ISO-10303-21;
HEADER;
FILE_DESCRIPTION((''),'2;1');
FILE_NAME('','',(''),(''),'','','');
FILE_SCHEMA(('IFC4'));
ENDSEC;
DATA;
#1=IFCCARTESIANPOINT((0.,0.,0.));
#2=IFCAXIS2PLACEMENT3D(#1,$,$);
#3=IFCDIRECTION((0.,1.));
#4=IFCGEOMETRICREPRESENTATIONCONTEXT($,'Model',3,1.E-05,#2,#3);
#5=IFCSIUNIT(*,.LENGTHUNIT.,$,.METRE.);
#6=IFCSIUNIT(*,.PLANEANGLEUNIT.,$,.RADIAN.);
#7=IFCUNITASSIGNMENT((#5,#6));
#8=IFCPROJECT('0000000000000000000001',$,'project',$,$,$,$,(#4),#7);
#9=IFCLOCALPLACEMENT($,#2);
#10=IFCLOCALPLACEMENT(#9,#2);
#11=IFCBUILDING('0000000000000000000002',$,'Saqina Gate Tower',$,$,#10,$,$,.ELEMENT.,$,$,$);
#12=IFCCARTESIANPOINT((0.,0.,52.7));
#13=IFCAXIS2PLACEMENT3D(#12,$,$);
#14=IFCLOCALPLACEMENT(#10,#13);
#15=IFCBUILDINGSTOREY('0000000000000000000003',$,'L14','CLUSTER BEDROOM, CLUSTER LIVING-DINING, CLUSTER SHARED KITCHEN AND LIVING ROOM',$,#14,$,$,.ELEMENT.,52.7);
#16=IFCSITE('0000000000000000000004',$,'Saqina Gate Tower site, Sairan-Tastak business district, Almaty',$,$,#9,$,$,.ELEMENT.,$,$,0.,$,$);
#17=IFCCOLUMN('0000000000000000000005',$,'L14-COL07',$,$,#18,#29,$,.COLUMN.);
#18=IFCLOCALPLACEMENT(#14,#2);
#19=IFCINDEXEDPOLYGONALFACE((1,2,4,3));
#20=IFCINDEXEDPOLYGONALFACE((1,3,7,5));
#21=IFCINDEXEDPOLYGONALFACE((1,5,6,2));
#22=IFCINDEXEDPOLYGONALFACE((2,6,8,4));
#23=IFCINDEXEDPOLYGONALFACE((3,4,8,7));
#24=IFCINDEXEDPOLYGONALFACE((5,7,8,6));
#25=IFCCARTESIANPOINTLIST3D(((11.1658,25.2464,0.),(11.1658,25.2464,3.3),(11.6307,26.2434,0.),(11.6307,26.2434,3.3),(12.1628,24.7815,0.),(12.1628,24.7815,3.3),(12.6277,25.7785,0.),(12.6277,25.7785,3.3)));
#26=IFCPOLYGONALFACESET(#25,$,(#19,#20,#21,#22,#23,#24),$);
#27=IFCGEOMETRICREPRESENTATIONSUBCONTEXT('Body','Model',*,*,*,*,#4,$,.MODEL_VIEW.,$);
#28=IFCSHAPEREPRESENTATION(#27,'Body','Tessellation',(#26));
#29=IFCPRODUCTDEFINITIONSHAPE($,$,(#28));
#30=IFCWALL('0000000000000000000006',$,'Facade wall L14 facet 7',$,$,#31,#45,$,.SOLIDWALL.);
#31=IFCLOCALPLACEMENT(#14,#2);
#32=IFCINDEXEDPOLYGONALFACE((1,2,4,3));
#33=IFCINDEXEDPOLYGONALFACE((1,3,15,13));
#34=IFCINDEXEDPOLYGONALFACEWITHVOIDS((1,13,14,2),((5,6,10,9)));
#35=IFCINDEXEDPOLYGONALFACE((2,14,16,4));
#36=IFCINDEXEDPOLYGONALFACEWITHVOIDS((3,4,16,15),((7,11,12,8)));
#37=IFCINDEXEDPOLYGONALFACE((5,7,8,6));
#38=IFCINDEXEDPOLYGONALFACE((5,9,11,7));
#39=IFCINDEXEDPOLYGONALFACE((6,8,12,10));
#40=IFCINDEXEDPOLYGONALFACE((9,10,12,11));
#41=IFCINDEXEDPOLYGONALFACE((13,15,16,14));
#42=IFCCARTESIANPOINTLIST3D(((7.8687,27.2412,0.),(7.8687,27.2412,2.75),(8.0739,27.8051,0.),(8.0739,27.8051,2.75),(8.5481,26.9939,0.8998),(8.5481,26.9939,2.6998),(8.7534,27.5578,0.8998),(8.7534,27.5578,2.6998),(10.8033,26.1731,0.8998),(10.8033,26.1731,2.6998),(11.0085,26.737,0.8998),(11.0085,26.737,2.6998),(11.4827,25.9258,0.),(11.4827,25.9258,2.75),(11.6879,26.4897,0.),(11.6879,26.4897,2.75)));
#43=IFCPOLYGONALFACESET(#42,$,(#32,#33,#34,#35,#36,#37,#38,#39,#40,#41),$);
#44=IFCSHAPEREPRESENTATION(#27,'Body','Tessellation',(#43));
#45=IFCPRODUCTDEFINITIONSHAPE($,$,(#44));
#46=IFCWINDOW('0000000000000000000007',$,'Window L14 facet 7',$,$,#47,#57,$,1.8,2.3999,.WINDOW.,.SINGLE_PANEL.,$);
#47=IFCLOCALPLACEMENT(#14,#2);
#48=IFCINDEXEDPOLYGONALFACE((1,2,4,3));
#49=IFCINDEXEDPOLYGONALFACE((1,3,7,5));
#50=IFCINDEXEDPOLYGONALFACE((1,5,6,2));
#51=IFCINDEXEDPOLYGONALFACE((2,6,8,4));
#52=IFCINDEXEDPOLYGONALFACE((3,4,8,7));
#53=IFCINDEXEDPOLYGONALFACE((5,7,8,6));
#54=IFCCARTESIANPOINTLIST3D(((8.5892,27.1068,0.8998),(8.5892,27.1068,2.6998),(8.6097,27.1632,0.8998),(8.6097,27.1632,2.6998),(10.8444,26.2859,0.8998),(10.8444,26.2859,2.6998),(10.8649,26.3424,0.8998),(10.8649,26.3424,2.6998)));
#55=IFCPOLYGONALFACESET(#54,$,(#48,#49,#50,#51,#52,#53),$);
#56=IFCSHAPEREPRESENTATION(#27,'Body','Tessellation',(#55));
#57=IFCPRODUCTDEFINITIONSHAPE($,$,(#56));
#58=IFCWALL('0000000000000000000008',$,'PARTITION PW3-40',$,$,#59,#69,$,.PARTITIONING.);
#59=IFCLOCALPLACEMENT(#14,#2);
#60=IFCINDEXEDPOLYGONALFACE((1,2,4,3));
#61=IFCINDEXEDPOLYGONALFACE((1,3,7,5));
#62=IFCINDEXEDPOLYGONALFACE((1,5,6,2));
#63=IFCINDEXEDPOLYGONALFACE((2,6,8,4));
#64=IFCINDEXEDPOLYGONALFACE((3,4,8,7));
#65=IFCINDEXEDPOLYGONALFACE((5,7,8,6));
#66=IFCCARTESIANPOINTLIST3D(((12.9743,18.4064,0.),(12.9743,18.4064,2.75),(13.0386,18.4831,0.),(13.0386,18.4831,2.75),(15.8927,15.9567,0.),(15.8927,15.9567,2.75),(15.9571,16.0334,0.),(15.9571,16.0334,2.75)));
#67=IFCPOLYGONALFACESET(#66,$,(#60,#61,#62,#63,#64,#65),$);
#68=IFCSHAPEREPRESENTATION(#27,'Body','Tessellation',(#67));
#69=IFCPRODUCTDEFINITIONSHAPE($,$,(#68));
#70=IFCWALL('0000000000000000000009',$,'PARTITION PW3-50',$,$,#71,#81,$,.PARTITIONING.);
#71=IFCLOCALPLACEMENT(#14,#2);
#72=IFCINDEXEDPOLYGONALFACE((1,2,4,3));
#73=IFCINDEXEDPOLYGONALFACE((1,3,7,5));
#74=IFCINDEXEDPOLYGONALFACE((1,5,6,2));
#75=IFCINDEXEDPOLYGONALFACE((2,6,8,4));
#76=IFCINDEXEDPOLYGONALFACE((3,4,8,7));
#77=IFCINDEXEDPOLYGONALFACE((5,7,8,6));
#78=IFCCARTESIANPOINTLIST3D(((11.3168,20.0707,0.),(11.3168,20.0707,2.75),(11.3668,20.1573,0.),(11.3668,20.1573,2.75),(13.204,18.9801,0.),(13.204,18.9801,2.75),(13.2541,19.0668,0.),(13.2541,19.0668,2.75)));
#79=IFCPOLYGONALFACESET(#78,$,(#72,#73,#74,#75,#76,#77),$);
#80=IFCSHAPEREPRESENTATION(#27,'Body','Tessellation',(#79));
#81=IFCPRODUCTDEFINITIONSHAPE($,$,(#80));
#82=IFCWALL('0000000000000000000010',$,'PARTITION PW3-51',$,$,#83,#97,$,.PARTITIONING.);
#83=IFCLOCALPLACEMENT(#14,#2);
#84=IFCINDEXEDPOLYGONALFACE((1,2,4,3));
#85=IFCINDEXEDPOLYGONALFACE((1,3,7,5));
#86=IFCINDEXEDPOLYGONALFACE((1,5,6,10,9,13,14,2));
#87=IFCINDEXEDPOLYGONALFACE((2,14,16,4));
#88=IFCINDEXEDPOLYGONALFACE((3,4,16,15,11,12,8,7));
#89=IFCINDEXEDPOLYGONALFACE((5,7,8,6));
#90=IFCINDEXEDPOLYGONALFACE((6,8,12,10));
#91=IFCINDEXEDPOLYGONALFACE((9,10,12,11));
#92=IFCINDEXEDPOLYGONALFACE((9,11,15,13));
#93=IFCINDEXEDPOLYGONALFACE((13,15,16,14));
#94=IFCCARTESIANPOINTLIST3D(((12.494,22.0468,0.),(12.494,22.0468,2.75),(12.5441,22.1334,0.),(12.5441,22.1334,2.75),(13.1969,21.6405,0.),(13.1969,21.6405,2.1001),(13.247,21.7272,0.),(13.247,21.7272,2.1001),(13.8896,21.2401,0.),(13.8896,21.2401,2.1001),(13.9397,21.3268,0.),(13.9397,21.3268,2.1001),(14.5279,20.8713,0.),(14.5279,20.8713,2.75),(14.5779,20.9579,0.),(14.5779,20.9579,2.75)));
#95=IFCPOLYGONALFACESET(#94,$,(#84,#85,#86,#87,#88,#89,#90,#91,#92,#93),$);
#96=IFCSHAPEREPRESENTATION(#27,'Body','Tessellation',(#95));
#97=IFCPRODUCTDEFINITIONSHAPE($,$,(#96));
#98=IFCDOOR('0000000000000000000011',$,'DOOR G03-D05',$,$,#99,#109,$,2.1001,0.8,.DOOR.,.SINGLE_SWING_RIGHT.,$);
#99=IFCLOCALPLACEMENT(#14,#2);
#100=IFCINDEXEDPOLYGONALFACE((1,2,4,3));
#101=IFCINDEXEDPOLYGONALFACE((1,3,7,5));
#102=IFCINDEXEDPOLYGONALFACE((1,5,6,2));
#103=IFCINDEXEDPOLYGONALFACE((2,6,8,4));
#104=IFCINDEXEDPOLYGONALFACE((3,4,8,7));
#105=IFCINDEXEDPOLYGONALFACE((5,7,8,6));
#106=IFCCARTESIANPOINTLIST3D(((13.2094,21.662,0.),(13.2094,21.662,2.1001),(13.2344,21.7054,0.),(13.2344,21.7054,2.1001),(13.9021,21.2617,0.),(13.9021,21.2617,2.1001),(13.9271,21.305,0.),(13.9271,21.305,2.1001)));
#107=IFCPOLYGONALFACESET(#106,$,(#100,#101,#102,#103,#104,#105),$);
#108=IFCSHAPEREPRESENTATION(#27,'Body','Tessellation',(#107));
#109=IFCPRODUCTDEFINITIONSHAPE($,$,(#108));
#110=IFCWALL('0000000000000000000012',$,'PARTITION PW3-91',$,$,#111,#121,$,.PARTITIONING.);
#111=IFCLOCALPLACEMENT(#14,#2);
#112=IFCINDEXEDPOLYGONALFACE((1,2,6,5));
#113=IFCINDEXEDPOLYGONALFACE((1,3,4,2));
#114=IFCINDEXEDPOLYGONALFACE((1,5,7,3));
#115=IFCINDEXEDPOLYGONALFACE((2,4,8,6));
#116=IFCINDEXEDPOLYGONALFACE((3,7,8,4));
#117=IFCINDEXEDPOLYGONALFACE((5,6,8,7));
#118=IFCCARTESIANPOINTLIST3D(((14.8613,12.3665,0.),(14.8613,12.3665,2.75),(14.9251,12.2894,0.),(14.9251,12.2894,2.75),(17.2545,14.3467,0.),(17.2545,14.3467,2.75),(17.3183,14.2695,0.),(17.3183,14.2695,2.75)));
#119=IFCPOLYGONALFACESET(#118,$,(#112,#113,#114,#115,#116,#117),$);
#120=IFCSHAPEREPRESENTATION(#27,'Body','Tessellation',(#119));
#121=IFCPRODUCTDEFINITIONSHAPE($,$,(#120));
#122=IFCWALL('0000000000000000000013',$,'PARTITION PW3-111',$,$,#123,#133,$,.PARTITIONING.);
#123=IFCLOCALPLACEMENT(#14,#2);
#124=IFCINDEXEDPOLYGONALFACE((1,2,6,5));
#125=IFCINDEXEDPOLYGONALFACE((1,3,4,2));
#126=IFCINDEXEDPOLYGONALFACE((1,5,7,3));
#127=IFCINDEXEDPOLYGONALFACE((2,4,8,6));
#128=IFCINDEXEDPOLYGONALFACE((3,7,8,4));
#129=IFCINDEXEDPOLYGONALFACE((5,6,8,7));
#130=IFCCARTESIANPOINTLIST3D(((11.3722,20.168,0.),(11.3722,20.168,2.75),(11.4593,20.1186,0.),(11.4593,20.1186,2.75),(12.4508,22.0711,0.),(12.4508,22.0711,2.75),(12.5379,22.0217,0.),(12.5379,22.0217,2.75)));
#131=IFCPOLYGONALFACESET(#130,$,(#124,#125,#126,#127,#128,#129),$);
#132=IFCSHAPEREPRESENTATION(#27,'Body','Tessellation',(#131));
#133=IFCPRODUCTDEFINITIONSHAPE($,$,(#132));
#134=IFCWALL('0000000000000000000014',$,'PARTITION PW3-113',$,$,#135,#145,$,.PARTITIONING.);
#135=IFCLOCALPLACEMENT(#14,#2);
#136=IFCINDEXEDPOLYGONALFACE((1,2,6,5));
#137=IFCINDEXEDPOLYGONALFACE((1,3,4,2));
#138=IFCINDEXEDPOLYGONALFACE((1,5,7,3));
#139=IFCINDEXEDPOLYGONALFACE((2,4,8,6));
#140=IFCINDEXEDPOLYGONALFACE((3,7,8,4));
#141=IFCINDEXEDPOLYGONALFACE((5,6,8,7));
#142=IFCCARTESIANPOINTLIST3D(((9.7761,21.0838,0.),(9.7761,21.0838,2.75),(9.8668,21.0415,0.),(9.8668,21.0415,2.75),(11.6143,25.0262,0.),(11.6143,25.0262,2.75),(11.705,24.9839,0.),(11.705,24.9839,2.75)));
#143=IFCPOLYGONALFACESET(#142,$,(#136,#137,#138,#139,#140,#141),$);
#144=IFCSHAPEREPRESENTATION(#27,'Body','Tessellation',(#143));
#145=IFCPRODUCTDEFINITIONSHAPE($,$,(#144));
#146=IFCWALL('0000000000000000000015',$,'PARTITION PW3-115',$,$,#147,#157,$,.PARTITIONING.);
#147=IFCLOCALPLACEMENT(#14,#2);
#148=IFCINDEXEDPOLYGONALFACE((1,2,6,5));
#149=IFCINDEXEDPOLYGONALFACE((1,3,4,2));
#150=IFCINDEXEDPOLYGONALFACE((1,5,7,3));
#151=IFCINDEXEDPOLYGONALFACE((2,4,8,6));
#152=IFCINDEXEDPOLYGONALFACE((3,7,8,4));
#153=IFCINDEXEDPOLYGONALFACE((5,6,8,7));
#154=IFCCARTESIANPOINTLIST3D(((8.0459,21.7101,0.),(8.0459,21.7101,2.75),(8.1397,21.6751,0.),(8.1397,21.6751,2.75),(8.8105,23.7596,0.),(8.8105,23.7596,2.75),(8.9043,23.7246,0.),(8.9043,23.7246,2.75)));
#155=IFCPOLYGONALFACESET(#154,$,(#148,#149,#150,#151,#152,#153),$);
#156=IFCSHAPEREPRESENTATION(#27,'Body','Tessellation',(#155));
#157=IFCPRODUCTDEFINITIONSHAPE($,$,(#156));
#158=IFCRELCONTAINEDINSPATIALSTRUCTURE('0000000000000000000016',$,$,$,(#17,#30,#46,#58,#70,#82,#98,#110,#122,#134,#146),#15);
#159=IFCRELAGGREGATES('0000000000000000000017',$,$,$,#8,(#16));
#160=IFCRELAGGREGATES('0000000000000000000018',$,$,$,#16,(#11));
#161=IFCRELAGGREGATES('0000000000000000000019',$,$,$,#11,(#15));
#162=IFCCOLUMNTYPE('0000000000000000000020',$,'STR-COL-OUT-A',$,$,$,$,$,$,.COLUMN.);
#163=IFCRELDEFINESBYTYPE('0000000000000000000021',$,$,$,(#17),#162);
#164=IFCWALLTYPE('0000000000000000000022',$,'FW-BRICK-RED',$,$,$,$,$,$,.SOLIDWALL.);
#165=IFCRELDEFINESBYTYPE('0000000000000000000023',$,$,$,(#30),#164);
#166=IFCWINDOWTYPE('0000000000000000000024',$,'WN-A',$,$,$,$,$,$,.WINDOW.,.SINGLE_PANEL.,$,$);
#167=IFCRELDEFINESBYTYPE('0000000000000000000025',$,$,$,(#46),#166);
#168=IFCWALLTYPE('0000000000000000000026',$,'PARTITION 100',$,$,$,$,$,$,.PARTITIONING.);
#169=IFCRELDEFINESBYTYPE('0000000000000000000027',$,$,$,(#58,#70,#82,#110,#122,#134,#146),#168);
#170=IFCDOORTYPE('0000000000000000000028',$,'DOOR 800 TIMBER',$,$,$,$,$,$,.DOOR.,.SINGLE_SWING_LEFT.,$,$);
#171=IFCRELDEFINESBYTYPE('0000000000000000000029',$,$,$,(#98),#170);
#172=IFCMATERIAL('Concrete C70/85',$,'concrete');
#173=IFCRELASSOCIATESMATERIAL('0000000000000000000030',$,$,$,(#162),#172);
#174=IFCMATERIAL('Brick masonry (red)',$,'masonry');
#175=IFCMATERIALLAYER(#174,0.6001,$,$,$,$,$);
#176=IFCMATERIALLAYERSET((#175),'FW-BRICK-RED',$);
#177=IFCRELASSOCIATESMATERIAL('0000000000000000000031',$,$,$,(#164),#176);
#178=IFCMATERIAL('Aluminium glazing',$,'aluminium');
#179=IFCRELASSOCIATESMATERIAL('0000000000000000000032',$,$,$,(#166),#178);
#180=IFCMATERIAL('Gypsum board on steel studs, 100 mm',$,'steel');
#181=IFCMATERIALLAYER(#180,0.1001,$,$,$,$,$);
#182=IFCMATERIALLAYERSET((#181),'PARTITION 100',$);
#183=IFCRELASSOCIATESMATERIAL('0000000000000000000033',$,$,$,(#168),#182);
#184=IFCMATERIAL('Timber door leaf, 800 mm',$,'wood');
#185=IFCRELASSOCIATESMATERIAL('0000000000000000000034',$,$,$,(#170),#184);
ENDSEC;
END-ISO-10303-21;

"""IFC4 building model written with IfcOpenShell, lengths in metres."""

from ifc_helpers import new_model, si_unit, direction, frame, frame_2d, origin, origin_2d, place, context, subcontext, project, spatial, rectangle, extrude, material, layer, layer_set, material_profile, profile_set, type_object, element, fill, save


model = new_model("IFC4")

# Units and contexts
model_context = context("Model", 3, precision=1e-05, world=origin(), true_north=direction((0.0, 1.0)))
body_context = subcontext(model_context, "Body", "Model", "MODEL_VIEW")
ifc_project = project(units=[si_unit("LENGTHUNIT", "METRE"), si_unit("PLANEANGLEUNIT", "RADIAN")], contexts=[model_context])

# Site, building, storey
site_placement = place(None, origin())
site = spatial("IfcSite", under=ifc_project, at=site_placement, Name="Saqina Gate Tower site, Sairan-Tastak business district, Almaty", CompositionType="ELEMENT", RefElevation=0.0)
building_placement = place(site_placement, origin())
building = spatial("IfcBuilding", under=site, at=building_placement, Name="Saqina Gate Tower", CompositionType="ELEMENT")
storey_placement = place(building_placement, frame((0.0, 0.0, 52.7)))
storey = spatial("IfcBuildingStorey", under=building, at=storey_placement, Name="L14", Description="CLUSTER BEDROOM, CLUSTER LIVING-DINING, CLUSTER SHARED KITCHEN AND LIVING ROOM", CompositionType="ELEMENT", Elevation=52.7)

# Column
ifc_material_1 = material(Name="Concrete C70/85", Category="concrete")
ifc_material_profile = material_profile(ifc_material_1, rectangle(XDim=1.1001, YDim=1.1001, at=origin_2d()), Name="RC 1100x1100")
ifc_profile_set = profile_set([ifc_material_profile], Name="Concrete C70/85")
column_type = type_object("IfcColumnType", Name="STR-COL-OUT-A", PredefinedType="COLUMN", material=ifc_profile_set)
column_placement = place(storey_placement, frame((11.8967, 25.5125, 0.0), z_axis=(0.0, 0.0, 1.0), x_axis=(0.422618, 0.906308, 0.0)))
element("IfcColumn", 1, at=column_placement, inside=storey, type_object=column_type, Name="L14-COL07", PredefinedType="COLUMN", context=body_context, shape_type="SweptSolid", body=[
    extrude(rectangle(XDim=1.1001, YDim=1.1001, at=origin_2d()), origin(), (0.0, 0.0, 1.0), 3.3),
])

# Wall, opening, window
ifc_material_2 = material(Name="Brick masonry (red)", Category="masonry")
ifc_layer_1 = layer(ifc_material_2, 0.6001)
ifc_layer_set_1 = layer_set([ifc_layer_1], Name="FW-BRICK-RED")
wall_type_1 = type_object("IfcWallType", Name="FW-BRICK-RED", PredefinedType="SOLIDWALL", material=ifc_layer_set_1)
wall_1_placement = place(storey_placement, frame((11.5852, 26.2078, 0.0), z_axis=(0.0, 0.0, 1.0), x_axis=(-0.93969, 0.342028, 0.0)))
wall_1 = element("IfcWall", 2, at=wall_1_placement, inside=storey, type_object=wall_type_1, Name="Facade wall L14 facet 7", PredefinedType="SOLIDWALL", context=body_context, shape_type="SweptSolid", body=[
    extrude(rectangle(XDim=3.8459, YDim=0.6001, at=frame_2d((1.9229, 0.0))), origin(), (0.0, 0.0, 1.0), 2.75),
])
opening_1_placement = place(wall_1_placement, frame((0.7229, 0.0, 0.8999)))
opening_1 = element("IfcOpeningElement", 3, at=opening_1_placement, cuts=wall_1, PredefinedType="OPENING", context=body_context, shape_type="SweptSolid", body=[
    extrude(rectangle(XDim=2.3999, YDim=1.8, at=frame_2d((1.2, 0.8999))), frame((0.0, 0.312, 0.0), z_axis=(0.0, -1.0, 0.0), x_axis=(1.0, 0.0, 0.0)), (0.0, 0.0, 1.0), 0.624),
])
ifc_material_3 = material(Name="Aluminium glazing", Category="aluminium")
window_type = type_object("IfcWindowType", Name="WN-A", PartitioningType="SINGLE_PANEL", PredefinedType="WINDOW", material=ifc_material_3)
window_placement = place(opening_1_placement, origin())
window = element("IfcWindow", 4, at=window_placement, inside=storey, type_object=window_type, Name="Window L14 facet 7", OverallHeight=1.8, OverallWidth=2.3999, PartitioningType="SINGLE_PANEL", PredefinedType="WINDOW", context=body_context, shape_type="SweptSolid", body=[
    extrude(rectangle(XDim=2.3999, YDim=1.8, at=frame_2d((1.2, 0.8999))), frame((0.0, 0.1799, 0.0), z_axis=(0.0, -1.0, 0.0), x_axis=(1.0, 0.0, 0.0)), (0.0, 0.0, 1.0), 0.0601),
])
fill(opening_1, window)

# Walls
ifc_material_4 = material(Name="Gypsum board on steel studs, 100 mm", Category="steel")
ifc_layer_2 = layer(ifc_material_4, 0.1001)
ifc_layer_set_2 = layer_set([ifc_layer_2], Name="PARTITION 100")
wall_type_2 = type_object("IfcWallType", Name="PARTITION 100", PredefinedType="PARTITIONING", material=ifc_layer_set_2)
wall_2_placement = place(storey_placement, frame((13.0063, 18.4448, 0.0), z_axis=(0.0, 0.0, 1.0), x_axis=(0.765937, -0.642916, 0.0)))
element("IfcWall", 5, at=wall_2_placement, inside=storey, type_object=wall_type_2, Name="PARTITION PW3-40", PredefinedType="PARTITIONING", context=body_context, shape_type="SweptSolid", body=[
    extrude(rectangle(XDim=3.8103, YDim=0.1001, at=frame_2d((1.9053, 0.0))), origin(), (0.0, 0.0, 1.0), 2.75),
])
wall_3_placement = place(storey_placement, frame((11.3418, 20.114, 0.0), z_axis=(0.0, 0.0, 1.0), x_axis=(0.865827, -0.500343, 0.0)))
element("IfcWall", 6, at=wall_3_placement, inside=storey, type_object=wall_type_2, Name="PARTITION PW3-50", PredefinedType="PARTITIONING", context=body_context, shape_type="SweptSolid", body=[
    extrude(rectangle(XDim=2.1797, YDim=0.1001, at=frame_2d((1.0898, 0.0))), origin(), (0.0, 0.0, 1.0), 2.75),
])

# Wall, opening, door
wall_4_placement = place(storey_placement, frame((12.519, 22.0901, 0.0), z_axis=(0.0, 0.0, 1.0), x_axis=(0.865796, -0.500397, 0.0)))
wall_4 = element("IfcWall", 7, at=wall_4_placement, inside=storey, type_object=wall_type_2, Name="PARTITION PW3-51", PredefinedType="PARTITIONING", context=body_context, shape_type="SweptSolid", body=[
    extrude(rectangle(XDim=2.3491, YDim=0.1001, at=frame_2d((1.1746, 0.0))), origin(), (0.0, 0.0, 1.0), 2.75),
])
opening_2_placement = place(wall_4_placement, frame((0.812, 0.0, 0.0)))
opening_2 = element("IfcOpeningElement", 8, at=opening_2_placement, cuts=wall_4, PredefinedType="OPENING", context=body_context, shape_type="SweptSolid", body=[
    extrude(rectangle(XDim=0.8, YDim=2.1001, at=frame_2d((0.3999, 1.05))), frame((0.0, 0.062, 0.0), z_axis=(0.0, -1.0, 0.0), x_axis=(1.0, 0.0, 0.0)), (0.0, 0.0, 1.0), 0.124),
])
ifc_material_5 = material(Name="Timber door leaf, 800 mm", Category="wood")
door_type_1 = type_object("IfcDoorType", Name="DOOR 800 TIMBER", OperationType="SINGLE_SWING_LEFT", PredefinedType="DOOR", material=ifc_material_5)
door_1_placement = place(opening_2_placement, origin())
door_1 = element("IfcDoor", 9, at=door_1_placement, inside=storey, type_object=door_type_1, Name="DOOR G03-D05", OperationType="SINGLE_SWING_RIGHT", OverallHeight=2.1001, OverallWidth=0.8, PredefinedType="DOOR", context=body_context, shape_type="SweptSolid", body=[
    extrude(rectangle(XDim=0.8, YDim=2.1001, at=frame_2d((0.3999, 1.05))), frame((0.0, 0.0249, 0.0), z_axis=(0.0, -1.0, 0.0), x_axis=(1.0, 0.0, 0.0)), (0.0, 0.0, 1.0), 0.05),
])
fill(opening_2, door_1)

# Walls
wall_5_placement = place(storey_placement, frame((14.8931, 12.3279, 0.0), z_axis=(0.0, 0.0, 1.0), x_axis=(0.770465, 0.637482, 0.0)))
element("IfcWall", 10, at=wall_5_placement, inside=storey, type_object=wall_type_2, Name="PARTITION PW3-91", PredefinedType="PARTITIONING", context=body_context, shape_type="SweptSolid", body=[
    extrude(rectangle(XDim=3.1062, YDim=0.1001, at=frame_2d((1.5532, 0.0))), origin(), (0.0, 0.0, 1.0), 2.75),
])
wall_6_placement = place(storey_placement, frame((11.4158, 20.1433, 0.0), z_axis=(0.0, 0.0, 1.0), x_axis=(0.493083, 0.869982, 0.0)))
element("IfcWall", 11, at=wall_6_placement, inside=storey, type_object=wall_type_2, Name="PARTITION PW3-111", PredefinedType="PARTITIONING", context=body_context, shape_type="SweptSolid", body=[
    extrude(rectangle(XDim=2.1875, YDim=0.1001, at=frame_2d((1.0938, 0.0))), origin(), (0.0, 0.0, 1.0), 2.75),
])
wall_7_placement = place(storey_placement, frame((9.8215, 21.0627, 0.0), z_axis=(0.0, 0.0, 1.0), x_axis=(0.422575, 0.906328, 0.0)))
element("IfcWall", 12, at=wall_7_placement, inside=storey, type_object=wall_type_2, Name="PARTITION PW3-113", PredefinedType="PARTITIONING", context=body_context, shape_type="SweptSolid", body=[
    extrude(rectangle(XDim=4.3499, YDim=0.1001, at=frame_2d((2.1748, 0.0))), origin(), (0.0, 0.0, 1.0), 2.75),
])
wall_8_placement = place(storey_placement, frame((8.0928, 21.6926, 0.0), z_axis=(0.0, 0.0, 1.0), x_axis=(0.349545, 0.93692, 0.0)))
element("IfcWall", 13, at=wall_8_placement, inside=storey, type_object=wall_type_2, Name="PARTITION PW3-115", PredefinedType="PARTITIONING", context=body_context, shape_type="SweptSolid", body=[
    extrude(rectangle(XDim=2.1875, YDim=0.1001, at=frame_2d((1.0938, 0.0))), origin(), (0.0, 0.0, 1.0), 2.75),
])

save(model, "model.ifc")
